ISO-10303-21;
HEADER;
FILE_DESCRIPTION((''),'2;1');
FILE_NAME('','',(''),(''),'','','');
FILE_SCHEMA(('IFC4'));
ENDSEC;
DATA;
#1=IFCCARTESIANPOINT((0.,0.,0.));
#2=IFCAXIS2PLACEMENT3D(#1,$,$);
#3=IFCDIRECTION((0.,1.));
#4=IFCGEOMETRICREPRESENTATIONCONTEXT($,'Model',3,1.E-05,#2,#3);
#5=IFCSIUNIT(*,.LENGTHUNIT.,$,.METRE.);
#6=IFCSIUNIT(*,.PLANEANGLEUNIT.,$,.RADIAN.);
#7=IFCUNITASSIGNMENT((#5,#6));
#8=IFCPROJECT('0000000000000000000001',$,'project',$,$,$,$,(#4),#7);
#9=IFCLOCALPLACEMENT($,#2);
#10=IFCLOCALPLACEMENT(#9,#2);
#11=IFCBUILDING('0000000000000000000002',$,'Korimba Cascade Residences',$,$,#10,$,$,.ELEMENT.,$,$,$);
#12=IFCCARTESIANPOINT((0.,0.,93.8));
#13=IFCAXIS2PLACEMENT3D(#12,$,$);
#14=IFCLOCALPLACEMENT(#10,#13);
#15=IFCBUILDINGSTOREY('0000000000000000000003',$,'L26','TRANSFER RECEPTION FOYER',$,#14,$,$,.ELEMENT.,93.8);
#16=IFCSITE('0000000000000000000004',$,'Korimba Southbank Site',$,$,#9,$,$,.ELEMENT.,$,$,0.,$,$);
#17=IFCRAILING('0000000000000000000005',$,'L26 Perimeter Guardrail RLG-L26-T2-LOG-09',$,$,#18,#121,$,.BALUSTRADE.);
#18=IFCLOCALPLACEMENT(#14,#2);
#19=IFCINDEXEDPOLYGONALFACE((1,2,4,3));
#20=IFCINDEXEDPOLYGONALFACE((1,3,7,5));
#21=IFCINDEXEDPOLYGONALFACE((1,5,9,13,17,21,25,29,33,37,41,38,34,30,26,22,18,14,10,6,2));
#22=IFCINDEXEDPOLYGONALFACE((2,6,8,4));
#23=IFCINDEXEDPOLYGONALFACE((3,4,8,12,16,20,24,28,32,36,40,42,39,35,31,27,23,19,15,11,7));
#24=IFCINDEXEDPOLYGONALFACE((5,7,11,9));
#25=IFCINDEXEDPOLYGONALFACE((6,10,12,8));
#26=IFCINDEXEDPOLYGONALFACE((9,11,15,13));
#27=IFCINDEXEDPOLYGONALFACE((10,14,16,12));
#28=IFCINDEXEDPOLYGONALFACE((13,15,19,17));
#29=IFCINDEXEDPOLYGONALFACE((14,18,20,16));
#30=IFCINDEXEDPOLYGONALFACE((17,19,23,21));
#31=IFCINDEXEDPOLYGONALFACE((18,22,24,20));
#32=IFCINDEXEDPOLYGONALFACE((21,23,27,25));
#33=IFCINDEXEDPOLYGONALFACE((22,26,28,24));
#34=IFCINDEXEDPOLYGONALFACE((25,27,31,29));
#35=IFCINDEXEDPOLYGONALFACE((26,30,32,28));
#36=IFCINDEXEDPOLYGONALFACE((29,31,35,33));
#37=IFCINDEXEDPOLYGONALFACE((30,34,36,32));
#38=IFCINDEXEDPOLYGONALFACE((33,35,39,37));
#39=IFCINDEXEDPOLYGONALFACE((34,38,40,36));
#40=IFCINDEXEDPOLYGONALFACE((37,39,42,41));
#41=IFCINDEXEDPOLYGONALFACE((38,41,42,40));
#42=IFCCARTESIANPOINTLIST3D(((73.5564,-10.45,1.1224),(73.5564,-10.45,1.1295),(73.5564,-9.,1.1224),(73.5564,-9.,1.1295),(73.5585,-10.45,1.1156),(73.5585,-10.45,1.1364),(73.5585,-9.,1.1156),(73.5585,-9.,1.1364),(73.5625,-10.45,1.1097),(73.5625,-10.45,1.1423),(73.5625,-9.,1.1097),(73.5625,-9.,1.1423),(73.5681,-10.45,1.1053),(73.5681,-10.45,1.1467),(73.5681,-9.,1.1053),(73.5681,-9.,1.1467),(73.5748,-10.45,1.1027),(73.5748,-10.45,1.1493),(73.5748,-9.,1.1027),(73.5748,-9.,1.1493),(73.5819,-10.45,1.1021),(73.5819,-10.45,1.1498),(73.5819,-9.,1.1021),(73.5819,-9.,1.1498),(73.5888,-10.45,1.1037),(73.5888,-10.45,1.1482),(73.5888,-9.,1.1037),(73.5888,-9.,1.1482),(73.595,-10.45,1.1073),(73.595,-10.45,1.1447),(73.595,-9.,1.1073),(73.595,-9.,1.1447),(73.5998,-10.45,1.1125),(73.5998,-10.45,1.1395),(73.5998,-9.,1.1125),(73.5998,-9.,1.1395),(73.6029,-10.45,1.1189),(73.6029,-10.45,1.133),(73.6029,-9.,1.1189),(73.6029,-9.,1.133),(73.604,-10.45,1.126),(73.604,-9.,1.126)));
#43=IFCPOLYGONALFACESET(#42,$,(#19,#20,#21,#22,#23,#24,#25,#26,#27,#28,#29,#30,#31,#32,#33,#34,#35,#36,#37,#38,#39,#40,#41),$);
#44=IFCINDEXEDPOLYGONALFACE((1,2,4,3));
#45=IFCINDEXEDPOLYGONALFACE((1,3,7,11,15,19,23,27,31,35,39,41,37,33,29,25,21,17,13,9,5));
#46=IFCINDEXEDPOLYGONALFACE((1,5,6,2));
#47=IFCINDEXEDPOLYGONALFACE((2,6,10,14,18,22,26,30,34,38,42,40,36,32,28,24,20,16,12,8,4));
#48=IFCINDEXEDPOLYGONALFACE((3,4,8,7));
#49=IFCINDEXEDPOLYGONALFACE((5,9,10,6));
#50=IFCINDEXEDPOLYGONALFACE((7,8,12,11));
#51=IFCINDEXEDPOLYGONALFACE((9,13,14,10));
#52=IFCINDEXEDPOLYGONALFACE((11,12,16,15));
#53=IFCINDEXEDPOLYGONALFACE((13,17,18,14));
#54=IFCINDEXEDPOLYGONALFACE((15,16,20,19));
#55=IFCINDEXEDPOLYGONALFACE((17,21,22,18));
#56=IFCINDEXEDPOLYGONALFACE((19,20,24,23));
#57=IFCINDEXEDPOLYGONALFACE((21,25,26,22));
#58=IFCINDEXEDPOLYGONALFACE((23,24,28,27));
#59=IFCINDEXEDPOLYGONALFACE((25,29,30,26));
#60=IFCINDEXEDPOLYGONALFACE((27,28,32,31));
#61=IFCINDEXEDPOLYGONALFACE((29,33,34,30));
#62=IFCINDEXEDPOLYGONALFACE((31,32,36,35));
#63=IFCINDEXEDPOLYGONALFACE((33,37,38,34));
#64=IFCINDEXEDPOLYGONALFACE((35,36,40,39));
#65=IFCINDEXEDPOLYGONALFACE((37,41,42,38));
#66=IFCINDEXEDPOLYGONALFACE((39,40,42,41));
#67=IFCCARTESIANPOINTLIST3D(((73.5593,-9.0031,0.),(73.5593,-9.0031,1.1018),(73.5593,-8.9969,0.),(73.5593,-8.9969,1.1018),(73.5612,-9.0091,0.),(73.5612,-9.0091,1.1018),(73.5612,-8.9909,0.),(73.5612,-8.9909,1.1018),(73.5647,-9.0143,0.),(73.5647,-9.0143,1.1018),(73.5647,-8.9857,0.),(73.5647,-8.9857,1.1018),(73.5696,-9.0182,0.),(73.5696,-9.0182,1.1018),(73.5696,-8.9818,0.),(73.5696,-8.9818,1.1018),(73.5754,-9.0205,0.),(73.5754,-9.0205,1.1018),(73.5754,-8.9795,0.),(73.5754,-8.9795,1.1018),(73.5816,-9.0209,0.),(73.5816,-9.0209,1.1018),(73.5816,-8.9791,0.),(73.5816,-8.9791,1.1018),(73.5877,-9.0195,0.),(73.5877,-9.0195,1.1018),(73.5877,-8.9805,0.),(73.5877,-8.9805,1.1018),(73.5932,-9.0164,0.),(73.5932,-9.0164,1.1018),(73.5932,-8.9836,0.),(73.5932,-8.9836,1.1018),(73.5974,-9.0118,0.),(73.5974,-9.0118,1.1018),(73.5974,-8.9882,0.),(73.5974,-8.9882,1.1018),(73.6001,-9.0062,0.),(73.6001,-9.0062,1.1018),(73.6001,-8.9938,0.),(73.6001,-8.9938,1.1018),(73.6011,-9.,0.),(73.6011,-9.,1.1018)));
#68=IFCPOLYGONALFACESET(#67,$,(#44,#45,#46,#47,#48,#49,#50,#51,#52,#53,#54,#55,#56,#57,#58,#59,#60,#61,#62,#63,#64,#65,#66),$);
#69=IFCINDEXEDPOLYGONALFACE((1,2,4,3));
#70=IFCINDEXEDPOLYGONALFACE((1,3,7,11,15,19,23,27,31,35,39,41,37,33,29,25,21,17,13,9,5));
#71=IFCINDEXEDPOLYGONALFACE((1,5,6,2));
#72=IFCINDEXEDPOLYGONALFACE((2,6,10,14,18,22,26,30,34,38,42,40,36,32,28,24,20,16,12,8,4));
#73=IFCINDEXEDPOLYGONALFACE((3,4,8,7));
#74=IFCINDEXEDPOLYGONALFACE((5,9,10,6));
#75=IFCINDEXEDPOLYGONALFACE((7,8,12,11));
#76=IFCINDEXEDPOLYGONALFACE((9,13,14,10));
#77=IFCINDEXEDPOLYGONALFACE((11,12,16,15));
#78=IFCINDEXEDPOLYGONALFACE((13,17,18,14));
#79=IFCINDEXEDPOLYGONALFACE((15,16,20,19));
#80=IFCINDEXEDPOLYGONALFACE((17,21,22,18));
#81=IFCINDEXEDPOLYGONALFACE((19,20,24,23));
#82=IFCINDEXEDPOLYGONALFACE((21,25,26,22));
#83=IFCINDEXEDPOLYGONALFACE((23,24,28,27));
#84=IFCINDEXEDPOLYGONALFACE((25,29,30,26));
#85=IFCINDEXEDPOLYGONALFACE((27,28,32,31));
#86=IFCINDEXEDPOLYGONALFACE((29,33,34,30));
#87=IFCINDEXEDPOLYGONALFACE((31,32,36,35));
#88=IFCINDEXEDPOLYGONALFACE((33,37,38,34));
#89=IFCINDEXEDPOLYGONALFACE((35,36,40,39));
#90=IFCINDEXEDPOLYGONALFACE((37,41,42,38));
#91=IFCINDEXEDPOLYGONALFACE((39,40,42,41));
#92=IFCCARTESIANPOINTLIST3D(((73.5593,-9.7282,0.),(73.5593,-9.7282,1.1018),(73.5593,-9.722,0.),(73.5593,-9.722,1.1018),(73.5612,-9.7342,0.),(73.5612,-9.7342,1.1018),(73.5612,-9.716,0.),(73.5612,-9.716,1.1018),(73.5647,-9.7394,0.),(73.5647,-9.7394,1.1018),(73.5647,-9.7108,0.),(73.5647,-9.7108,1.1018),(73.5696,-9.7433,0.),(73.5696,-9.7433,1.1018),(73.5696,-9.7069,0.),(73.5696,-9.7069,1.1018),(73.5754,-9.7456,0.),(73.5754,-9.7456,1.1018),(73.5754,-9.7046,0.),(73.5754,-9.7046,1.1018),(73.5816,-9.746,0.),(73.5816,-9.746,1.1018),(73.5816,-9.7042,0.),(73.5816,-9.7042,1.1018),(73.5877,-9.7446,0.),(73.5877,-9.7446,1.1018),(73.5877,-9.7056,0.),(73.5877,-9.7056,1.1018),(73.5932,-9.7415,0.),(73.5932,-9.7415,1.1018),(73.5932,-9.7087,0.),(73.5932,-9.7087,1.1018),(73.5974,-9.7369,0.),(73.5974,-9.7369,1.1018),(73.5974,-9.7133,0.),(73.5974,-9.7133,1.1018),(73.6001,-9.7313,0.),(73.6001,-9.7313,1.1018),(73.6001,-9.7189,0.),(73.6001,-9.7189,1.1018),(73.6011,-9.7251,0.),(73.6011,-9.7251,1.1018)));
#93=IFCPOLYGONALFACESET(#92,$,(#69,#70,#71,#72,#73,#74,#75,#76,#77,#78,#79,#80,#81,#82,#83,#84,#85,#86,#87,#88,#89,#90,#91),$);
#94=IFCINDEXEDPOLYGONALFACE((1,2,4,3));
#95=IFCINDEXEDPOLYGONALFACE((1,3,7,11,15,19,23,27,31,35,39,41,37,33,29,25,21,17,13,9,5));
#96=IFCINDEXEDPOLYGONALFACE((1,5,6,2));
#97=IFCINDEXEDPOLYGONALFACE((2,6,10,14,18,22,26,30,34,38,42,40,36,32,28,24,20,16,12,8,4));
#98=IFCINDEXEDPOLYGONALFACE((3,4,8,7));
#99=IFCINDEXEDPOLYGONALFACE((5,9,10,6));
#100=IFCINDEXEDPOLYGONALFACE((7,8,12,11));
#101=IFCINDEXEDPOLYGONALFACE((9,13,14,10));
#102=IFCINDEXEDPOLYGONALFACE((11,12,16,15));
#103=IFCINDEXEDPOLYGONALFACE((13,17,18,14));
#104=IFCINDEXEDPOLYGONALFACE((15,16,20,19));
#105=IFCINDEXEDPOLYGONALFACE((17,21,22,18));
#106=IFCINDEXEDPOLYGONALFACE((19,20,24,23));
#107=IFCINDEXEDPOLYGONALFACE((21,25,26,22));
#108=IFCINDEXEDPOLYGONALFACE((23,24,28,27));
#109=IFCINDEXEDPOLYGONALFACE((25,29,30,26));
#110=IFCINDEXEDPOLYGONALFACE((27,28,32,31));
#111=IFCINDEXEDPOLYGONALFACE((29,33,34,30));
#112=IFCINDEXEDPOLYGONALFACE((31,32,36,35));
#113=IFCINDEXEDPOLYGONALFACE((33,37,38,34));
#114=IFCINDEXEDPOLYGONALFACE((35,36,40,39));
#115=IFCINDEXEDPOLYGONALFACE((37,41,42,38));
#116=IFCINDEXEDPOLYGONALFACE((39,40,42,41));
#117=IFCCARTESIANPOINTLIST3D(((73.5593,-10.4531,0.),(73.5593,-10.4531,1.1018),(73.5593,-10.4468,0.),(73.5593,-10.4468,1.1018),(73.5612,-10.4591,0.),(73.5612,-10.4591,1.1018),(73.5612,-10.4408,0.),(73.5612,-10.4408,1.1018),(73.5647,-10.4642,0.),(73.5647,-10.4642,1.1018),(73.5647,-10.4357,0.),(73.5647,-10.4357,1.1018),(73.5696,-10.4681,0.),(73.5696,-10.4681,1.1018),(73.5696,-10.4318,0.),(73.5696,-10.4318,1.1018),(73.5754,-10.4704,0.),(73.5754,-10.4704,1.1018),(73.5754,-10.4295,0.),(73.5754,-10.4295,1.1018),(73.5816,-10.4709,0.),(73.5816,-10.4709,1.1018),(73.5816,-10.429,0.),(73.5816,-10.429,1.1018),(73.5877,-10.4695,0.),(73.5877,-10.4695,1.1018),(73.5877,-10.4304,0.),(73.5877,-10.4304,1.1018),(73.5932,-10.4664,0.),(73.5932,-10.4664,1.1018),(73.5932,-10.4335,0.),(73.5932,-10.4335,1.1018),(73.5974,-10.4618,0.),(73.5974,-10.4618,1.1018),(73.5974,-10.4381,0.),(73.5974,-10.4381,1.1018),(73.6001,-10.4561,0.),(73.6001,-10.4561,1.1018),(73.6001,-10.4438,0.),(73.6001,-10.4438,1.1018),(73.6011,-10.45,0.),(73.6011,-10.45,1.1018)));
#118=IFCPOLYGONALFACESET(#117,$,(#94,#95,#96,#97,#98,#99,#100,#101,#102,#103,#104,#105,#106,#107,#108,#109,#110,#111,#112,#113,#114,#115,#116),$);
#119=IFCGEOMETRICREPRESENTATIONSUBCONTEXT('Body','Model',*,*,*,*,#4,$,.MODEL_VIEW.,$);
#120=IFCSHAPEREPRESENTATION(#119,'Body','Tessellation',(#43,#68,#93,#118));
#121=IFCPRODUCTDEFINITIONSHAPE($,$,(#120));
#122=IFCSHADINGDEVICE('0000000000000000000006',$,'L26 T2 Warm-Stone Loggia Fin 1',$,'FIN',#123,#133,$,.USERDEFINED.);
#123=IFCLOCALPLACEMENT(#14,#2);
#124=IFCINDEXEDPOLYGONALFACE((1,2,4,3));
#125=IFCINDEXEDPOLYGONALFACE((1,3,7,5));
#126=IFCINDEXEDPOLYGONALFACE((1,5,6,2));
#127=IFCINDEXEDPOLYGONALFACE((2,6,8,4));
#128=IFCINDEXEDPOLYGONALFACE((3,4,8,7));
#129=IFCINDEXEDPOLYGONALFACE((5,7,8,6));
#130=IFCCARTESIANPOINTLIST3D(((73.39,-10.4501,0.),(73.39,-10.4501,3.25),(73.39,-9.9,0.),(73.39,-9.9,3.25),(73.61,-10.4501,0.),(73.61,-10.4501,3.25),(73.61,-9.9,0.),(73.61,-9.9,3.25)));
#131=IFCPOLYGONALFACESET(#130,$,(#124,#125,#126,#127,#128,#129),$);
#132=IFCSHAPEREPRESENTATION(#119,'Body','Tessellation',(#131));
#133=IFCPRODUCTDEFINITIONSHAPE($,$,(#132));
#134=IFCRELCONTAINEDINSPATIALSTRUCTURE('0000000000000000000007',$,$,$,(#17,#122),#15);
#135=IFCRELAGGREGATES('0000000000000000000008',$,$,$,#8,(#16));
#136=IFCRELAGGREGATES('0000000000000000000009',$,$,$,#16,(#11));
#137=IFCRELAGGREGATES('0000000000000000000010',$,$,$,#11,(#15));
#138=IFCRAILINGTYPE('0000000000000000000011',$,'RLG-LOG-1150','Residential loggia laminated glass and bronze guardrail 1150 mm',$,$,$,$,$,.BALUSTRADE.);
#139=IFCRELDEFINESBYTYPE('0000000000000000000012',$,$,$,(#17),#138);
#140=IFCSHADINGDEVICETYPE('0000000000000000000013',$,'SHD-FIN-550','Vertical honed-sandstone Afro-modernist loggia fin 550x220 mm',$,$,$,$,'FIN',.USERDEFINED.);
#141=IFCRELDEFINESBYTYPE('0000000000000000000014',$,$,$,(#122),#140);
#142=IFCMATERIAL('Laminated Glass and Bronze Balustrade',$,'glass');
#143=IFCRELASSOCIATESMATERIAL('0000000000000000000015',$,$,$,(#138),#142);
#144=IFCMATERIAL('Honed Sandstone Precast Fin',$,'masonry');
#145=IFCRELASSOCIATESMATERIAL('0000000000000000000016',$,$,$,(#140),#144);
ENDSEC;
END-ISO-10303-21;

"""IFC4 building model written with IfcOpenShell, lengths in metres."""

from ifc_helpers import new_model, si_unit, direction, frame, origin, origin_2d, place, context, subcontext, project, spatial, rectangle, circle, extrude, material, type_object, element, save


model = new_model("IFC4")

# Units and contexts
model_context = context("Model", 3, precision=1e-05, world=origin(), true_north=direction((0.0, 1.0)))
body_context = subcontext(model_context, "Body", "Model", "MODEL_VIEW")
ifc_project = project(units=[si_unit("LENGTHUNIT", "METRE"), si_unit("PLANEANGLEUNIT", "RADIAN")], contexts=[model_context])

# Site, building, storey
site_placement = place(None, origin())
site = spatial("IfcSite", under=ifc_project, at=site_placement, Name="Korimba Southbank Site", CompositionType="ELEMENT", RefElevation=0.0)
building_placement = place(site_placement, origin())
building = spatial("IfcBuilding", under=site, at=building_placement, Name="Korimba Cascade Residences", CompositionType="ELEMENT")
storey_placement = place(building_placement, frame((0.0, 0.0, 93.8)))
storey = spatial("IfcBuildingStorey", under=building, at=storey_placement, Name="L26", Description="TRANSFER RECEPTION FOYER", CompositionType="ELEMENT", Elevation=93.8)

# Railing
ifc_material_1 = material(Name="Laminated Glass and Bronze Balustrade", Category="glass")
railing_type = type_object("IfcRailingType", Name="RLG-LOG-1150", Description="Residential loggia laminated glass and bronze guardrail 1150 mm", PredefinedType="BALUSTRADE", material=ifc_material_1)
railing_1_placement = place(storey_placement, frame((73.5801, -9.0, 0.0)))
element("IfcRailing", 1, at=railing_1_placement, inside=storey, type_object=railing_type, Name="L26 Perimeter Guardrail RLG-L26-T2-LOG-09", PredefinedType="BALUSTRADE", context=body_context, shape_type="SweptSolid", body=[
    extrude(circle(Radius=0.0239, at=origin_2d()), frame((0.0, 0.0, 1.126), z_axis=(0.0, -1.0, 0.0), x_axis=(1.0, 0.0, 0.0)), (0.0, 0.0, 1.0), 1.45),
    extrude(circle(Radius=0.021, at=origin_2d()), origin(), (0.0, 0.0, 1.0), 1.1018),
    extrude(circle(Radius=0.021, at=origin_2d()), frame((0.0, -0.7251, 0.0)), (0.0, 0.0, 1.0), 1.1018),
    extrude(circle(Radius=0.021, at=origin_2d()), frame((0.0, -1.45, 0.0)), (0.0, 0.0, 1.0), 1.1018),
])

# Shading device
ifc_material_2 = material(Name="Honed Sandstone Precast Fin", Category="masonry")
shading_device_type = type_object("IfcShadingDeviceType", Name="SHD-FIN-550", Description="Vertical honed-sandstone Afro-modernist loggia fin 550x220 mm", ElementType="FIN", PredefinedType="USERDEFINED", material=ifc_material_2)
shading_device_placement = place(storey_placement, frame((73.5, -10.175, 0.0), z_axis=(0.0, 0.0, 1.0), x_axis=(1.0, 0.0, 0.0)))
element("IfcShadingDevice", 2, at=shading_device_placement, inside=storey, type_object=shading_device_type, Name="L26 T2 Warm-Stone Loggia Fin 1", ObjectType="FIN", PredefinedType="USERDEFINED", context=body_context, shape_type="SweptSolid", body=[
    extrude(rectangle(XDim=0.22, YDim=0.55, at=origin_2d()), origin(), (0.0, 0.0, 1.0), 3.25),
])

save(model, "model.ifc")
